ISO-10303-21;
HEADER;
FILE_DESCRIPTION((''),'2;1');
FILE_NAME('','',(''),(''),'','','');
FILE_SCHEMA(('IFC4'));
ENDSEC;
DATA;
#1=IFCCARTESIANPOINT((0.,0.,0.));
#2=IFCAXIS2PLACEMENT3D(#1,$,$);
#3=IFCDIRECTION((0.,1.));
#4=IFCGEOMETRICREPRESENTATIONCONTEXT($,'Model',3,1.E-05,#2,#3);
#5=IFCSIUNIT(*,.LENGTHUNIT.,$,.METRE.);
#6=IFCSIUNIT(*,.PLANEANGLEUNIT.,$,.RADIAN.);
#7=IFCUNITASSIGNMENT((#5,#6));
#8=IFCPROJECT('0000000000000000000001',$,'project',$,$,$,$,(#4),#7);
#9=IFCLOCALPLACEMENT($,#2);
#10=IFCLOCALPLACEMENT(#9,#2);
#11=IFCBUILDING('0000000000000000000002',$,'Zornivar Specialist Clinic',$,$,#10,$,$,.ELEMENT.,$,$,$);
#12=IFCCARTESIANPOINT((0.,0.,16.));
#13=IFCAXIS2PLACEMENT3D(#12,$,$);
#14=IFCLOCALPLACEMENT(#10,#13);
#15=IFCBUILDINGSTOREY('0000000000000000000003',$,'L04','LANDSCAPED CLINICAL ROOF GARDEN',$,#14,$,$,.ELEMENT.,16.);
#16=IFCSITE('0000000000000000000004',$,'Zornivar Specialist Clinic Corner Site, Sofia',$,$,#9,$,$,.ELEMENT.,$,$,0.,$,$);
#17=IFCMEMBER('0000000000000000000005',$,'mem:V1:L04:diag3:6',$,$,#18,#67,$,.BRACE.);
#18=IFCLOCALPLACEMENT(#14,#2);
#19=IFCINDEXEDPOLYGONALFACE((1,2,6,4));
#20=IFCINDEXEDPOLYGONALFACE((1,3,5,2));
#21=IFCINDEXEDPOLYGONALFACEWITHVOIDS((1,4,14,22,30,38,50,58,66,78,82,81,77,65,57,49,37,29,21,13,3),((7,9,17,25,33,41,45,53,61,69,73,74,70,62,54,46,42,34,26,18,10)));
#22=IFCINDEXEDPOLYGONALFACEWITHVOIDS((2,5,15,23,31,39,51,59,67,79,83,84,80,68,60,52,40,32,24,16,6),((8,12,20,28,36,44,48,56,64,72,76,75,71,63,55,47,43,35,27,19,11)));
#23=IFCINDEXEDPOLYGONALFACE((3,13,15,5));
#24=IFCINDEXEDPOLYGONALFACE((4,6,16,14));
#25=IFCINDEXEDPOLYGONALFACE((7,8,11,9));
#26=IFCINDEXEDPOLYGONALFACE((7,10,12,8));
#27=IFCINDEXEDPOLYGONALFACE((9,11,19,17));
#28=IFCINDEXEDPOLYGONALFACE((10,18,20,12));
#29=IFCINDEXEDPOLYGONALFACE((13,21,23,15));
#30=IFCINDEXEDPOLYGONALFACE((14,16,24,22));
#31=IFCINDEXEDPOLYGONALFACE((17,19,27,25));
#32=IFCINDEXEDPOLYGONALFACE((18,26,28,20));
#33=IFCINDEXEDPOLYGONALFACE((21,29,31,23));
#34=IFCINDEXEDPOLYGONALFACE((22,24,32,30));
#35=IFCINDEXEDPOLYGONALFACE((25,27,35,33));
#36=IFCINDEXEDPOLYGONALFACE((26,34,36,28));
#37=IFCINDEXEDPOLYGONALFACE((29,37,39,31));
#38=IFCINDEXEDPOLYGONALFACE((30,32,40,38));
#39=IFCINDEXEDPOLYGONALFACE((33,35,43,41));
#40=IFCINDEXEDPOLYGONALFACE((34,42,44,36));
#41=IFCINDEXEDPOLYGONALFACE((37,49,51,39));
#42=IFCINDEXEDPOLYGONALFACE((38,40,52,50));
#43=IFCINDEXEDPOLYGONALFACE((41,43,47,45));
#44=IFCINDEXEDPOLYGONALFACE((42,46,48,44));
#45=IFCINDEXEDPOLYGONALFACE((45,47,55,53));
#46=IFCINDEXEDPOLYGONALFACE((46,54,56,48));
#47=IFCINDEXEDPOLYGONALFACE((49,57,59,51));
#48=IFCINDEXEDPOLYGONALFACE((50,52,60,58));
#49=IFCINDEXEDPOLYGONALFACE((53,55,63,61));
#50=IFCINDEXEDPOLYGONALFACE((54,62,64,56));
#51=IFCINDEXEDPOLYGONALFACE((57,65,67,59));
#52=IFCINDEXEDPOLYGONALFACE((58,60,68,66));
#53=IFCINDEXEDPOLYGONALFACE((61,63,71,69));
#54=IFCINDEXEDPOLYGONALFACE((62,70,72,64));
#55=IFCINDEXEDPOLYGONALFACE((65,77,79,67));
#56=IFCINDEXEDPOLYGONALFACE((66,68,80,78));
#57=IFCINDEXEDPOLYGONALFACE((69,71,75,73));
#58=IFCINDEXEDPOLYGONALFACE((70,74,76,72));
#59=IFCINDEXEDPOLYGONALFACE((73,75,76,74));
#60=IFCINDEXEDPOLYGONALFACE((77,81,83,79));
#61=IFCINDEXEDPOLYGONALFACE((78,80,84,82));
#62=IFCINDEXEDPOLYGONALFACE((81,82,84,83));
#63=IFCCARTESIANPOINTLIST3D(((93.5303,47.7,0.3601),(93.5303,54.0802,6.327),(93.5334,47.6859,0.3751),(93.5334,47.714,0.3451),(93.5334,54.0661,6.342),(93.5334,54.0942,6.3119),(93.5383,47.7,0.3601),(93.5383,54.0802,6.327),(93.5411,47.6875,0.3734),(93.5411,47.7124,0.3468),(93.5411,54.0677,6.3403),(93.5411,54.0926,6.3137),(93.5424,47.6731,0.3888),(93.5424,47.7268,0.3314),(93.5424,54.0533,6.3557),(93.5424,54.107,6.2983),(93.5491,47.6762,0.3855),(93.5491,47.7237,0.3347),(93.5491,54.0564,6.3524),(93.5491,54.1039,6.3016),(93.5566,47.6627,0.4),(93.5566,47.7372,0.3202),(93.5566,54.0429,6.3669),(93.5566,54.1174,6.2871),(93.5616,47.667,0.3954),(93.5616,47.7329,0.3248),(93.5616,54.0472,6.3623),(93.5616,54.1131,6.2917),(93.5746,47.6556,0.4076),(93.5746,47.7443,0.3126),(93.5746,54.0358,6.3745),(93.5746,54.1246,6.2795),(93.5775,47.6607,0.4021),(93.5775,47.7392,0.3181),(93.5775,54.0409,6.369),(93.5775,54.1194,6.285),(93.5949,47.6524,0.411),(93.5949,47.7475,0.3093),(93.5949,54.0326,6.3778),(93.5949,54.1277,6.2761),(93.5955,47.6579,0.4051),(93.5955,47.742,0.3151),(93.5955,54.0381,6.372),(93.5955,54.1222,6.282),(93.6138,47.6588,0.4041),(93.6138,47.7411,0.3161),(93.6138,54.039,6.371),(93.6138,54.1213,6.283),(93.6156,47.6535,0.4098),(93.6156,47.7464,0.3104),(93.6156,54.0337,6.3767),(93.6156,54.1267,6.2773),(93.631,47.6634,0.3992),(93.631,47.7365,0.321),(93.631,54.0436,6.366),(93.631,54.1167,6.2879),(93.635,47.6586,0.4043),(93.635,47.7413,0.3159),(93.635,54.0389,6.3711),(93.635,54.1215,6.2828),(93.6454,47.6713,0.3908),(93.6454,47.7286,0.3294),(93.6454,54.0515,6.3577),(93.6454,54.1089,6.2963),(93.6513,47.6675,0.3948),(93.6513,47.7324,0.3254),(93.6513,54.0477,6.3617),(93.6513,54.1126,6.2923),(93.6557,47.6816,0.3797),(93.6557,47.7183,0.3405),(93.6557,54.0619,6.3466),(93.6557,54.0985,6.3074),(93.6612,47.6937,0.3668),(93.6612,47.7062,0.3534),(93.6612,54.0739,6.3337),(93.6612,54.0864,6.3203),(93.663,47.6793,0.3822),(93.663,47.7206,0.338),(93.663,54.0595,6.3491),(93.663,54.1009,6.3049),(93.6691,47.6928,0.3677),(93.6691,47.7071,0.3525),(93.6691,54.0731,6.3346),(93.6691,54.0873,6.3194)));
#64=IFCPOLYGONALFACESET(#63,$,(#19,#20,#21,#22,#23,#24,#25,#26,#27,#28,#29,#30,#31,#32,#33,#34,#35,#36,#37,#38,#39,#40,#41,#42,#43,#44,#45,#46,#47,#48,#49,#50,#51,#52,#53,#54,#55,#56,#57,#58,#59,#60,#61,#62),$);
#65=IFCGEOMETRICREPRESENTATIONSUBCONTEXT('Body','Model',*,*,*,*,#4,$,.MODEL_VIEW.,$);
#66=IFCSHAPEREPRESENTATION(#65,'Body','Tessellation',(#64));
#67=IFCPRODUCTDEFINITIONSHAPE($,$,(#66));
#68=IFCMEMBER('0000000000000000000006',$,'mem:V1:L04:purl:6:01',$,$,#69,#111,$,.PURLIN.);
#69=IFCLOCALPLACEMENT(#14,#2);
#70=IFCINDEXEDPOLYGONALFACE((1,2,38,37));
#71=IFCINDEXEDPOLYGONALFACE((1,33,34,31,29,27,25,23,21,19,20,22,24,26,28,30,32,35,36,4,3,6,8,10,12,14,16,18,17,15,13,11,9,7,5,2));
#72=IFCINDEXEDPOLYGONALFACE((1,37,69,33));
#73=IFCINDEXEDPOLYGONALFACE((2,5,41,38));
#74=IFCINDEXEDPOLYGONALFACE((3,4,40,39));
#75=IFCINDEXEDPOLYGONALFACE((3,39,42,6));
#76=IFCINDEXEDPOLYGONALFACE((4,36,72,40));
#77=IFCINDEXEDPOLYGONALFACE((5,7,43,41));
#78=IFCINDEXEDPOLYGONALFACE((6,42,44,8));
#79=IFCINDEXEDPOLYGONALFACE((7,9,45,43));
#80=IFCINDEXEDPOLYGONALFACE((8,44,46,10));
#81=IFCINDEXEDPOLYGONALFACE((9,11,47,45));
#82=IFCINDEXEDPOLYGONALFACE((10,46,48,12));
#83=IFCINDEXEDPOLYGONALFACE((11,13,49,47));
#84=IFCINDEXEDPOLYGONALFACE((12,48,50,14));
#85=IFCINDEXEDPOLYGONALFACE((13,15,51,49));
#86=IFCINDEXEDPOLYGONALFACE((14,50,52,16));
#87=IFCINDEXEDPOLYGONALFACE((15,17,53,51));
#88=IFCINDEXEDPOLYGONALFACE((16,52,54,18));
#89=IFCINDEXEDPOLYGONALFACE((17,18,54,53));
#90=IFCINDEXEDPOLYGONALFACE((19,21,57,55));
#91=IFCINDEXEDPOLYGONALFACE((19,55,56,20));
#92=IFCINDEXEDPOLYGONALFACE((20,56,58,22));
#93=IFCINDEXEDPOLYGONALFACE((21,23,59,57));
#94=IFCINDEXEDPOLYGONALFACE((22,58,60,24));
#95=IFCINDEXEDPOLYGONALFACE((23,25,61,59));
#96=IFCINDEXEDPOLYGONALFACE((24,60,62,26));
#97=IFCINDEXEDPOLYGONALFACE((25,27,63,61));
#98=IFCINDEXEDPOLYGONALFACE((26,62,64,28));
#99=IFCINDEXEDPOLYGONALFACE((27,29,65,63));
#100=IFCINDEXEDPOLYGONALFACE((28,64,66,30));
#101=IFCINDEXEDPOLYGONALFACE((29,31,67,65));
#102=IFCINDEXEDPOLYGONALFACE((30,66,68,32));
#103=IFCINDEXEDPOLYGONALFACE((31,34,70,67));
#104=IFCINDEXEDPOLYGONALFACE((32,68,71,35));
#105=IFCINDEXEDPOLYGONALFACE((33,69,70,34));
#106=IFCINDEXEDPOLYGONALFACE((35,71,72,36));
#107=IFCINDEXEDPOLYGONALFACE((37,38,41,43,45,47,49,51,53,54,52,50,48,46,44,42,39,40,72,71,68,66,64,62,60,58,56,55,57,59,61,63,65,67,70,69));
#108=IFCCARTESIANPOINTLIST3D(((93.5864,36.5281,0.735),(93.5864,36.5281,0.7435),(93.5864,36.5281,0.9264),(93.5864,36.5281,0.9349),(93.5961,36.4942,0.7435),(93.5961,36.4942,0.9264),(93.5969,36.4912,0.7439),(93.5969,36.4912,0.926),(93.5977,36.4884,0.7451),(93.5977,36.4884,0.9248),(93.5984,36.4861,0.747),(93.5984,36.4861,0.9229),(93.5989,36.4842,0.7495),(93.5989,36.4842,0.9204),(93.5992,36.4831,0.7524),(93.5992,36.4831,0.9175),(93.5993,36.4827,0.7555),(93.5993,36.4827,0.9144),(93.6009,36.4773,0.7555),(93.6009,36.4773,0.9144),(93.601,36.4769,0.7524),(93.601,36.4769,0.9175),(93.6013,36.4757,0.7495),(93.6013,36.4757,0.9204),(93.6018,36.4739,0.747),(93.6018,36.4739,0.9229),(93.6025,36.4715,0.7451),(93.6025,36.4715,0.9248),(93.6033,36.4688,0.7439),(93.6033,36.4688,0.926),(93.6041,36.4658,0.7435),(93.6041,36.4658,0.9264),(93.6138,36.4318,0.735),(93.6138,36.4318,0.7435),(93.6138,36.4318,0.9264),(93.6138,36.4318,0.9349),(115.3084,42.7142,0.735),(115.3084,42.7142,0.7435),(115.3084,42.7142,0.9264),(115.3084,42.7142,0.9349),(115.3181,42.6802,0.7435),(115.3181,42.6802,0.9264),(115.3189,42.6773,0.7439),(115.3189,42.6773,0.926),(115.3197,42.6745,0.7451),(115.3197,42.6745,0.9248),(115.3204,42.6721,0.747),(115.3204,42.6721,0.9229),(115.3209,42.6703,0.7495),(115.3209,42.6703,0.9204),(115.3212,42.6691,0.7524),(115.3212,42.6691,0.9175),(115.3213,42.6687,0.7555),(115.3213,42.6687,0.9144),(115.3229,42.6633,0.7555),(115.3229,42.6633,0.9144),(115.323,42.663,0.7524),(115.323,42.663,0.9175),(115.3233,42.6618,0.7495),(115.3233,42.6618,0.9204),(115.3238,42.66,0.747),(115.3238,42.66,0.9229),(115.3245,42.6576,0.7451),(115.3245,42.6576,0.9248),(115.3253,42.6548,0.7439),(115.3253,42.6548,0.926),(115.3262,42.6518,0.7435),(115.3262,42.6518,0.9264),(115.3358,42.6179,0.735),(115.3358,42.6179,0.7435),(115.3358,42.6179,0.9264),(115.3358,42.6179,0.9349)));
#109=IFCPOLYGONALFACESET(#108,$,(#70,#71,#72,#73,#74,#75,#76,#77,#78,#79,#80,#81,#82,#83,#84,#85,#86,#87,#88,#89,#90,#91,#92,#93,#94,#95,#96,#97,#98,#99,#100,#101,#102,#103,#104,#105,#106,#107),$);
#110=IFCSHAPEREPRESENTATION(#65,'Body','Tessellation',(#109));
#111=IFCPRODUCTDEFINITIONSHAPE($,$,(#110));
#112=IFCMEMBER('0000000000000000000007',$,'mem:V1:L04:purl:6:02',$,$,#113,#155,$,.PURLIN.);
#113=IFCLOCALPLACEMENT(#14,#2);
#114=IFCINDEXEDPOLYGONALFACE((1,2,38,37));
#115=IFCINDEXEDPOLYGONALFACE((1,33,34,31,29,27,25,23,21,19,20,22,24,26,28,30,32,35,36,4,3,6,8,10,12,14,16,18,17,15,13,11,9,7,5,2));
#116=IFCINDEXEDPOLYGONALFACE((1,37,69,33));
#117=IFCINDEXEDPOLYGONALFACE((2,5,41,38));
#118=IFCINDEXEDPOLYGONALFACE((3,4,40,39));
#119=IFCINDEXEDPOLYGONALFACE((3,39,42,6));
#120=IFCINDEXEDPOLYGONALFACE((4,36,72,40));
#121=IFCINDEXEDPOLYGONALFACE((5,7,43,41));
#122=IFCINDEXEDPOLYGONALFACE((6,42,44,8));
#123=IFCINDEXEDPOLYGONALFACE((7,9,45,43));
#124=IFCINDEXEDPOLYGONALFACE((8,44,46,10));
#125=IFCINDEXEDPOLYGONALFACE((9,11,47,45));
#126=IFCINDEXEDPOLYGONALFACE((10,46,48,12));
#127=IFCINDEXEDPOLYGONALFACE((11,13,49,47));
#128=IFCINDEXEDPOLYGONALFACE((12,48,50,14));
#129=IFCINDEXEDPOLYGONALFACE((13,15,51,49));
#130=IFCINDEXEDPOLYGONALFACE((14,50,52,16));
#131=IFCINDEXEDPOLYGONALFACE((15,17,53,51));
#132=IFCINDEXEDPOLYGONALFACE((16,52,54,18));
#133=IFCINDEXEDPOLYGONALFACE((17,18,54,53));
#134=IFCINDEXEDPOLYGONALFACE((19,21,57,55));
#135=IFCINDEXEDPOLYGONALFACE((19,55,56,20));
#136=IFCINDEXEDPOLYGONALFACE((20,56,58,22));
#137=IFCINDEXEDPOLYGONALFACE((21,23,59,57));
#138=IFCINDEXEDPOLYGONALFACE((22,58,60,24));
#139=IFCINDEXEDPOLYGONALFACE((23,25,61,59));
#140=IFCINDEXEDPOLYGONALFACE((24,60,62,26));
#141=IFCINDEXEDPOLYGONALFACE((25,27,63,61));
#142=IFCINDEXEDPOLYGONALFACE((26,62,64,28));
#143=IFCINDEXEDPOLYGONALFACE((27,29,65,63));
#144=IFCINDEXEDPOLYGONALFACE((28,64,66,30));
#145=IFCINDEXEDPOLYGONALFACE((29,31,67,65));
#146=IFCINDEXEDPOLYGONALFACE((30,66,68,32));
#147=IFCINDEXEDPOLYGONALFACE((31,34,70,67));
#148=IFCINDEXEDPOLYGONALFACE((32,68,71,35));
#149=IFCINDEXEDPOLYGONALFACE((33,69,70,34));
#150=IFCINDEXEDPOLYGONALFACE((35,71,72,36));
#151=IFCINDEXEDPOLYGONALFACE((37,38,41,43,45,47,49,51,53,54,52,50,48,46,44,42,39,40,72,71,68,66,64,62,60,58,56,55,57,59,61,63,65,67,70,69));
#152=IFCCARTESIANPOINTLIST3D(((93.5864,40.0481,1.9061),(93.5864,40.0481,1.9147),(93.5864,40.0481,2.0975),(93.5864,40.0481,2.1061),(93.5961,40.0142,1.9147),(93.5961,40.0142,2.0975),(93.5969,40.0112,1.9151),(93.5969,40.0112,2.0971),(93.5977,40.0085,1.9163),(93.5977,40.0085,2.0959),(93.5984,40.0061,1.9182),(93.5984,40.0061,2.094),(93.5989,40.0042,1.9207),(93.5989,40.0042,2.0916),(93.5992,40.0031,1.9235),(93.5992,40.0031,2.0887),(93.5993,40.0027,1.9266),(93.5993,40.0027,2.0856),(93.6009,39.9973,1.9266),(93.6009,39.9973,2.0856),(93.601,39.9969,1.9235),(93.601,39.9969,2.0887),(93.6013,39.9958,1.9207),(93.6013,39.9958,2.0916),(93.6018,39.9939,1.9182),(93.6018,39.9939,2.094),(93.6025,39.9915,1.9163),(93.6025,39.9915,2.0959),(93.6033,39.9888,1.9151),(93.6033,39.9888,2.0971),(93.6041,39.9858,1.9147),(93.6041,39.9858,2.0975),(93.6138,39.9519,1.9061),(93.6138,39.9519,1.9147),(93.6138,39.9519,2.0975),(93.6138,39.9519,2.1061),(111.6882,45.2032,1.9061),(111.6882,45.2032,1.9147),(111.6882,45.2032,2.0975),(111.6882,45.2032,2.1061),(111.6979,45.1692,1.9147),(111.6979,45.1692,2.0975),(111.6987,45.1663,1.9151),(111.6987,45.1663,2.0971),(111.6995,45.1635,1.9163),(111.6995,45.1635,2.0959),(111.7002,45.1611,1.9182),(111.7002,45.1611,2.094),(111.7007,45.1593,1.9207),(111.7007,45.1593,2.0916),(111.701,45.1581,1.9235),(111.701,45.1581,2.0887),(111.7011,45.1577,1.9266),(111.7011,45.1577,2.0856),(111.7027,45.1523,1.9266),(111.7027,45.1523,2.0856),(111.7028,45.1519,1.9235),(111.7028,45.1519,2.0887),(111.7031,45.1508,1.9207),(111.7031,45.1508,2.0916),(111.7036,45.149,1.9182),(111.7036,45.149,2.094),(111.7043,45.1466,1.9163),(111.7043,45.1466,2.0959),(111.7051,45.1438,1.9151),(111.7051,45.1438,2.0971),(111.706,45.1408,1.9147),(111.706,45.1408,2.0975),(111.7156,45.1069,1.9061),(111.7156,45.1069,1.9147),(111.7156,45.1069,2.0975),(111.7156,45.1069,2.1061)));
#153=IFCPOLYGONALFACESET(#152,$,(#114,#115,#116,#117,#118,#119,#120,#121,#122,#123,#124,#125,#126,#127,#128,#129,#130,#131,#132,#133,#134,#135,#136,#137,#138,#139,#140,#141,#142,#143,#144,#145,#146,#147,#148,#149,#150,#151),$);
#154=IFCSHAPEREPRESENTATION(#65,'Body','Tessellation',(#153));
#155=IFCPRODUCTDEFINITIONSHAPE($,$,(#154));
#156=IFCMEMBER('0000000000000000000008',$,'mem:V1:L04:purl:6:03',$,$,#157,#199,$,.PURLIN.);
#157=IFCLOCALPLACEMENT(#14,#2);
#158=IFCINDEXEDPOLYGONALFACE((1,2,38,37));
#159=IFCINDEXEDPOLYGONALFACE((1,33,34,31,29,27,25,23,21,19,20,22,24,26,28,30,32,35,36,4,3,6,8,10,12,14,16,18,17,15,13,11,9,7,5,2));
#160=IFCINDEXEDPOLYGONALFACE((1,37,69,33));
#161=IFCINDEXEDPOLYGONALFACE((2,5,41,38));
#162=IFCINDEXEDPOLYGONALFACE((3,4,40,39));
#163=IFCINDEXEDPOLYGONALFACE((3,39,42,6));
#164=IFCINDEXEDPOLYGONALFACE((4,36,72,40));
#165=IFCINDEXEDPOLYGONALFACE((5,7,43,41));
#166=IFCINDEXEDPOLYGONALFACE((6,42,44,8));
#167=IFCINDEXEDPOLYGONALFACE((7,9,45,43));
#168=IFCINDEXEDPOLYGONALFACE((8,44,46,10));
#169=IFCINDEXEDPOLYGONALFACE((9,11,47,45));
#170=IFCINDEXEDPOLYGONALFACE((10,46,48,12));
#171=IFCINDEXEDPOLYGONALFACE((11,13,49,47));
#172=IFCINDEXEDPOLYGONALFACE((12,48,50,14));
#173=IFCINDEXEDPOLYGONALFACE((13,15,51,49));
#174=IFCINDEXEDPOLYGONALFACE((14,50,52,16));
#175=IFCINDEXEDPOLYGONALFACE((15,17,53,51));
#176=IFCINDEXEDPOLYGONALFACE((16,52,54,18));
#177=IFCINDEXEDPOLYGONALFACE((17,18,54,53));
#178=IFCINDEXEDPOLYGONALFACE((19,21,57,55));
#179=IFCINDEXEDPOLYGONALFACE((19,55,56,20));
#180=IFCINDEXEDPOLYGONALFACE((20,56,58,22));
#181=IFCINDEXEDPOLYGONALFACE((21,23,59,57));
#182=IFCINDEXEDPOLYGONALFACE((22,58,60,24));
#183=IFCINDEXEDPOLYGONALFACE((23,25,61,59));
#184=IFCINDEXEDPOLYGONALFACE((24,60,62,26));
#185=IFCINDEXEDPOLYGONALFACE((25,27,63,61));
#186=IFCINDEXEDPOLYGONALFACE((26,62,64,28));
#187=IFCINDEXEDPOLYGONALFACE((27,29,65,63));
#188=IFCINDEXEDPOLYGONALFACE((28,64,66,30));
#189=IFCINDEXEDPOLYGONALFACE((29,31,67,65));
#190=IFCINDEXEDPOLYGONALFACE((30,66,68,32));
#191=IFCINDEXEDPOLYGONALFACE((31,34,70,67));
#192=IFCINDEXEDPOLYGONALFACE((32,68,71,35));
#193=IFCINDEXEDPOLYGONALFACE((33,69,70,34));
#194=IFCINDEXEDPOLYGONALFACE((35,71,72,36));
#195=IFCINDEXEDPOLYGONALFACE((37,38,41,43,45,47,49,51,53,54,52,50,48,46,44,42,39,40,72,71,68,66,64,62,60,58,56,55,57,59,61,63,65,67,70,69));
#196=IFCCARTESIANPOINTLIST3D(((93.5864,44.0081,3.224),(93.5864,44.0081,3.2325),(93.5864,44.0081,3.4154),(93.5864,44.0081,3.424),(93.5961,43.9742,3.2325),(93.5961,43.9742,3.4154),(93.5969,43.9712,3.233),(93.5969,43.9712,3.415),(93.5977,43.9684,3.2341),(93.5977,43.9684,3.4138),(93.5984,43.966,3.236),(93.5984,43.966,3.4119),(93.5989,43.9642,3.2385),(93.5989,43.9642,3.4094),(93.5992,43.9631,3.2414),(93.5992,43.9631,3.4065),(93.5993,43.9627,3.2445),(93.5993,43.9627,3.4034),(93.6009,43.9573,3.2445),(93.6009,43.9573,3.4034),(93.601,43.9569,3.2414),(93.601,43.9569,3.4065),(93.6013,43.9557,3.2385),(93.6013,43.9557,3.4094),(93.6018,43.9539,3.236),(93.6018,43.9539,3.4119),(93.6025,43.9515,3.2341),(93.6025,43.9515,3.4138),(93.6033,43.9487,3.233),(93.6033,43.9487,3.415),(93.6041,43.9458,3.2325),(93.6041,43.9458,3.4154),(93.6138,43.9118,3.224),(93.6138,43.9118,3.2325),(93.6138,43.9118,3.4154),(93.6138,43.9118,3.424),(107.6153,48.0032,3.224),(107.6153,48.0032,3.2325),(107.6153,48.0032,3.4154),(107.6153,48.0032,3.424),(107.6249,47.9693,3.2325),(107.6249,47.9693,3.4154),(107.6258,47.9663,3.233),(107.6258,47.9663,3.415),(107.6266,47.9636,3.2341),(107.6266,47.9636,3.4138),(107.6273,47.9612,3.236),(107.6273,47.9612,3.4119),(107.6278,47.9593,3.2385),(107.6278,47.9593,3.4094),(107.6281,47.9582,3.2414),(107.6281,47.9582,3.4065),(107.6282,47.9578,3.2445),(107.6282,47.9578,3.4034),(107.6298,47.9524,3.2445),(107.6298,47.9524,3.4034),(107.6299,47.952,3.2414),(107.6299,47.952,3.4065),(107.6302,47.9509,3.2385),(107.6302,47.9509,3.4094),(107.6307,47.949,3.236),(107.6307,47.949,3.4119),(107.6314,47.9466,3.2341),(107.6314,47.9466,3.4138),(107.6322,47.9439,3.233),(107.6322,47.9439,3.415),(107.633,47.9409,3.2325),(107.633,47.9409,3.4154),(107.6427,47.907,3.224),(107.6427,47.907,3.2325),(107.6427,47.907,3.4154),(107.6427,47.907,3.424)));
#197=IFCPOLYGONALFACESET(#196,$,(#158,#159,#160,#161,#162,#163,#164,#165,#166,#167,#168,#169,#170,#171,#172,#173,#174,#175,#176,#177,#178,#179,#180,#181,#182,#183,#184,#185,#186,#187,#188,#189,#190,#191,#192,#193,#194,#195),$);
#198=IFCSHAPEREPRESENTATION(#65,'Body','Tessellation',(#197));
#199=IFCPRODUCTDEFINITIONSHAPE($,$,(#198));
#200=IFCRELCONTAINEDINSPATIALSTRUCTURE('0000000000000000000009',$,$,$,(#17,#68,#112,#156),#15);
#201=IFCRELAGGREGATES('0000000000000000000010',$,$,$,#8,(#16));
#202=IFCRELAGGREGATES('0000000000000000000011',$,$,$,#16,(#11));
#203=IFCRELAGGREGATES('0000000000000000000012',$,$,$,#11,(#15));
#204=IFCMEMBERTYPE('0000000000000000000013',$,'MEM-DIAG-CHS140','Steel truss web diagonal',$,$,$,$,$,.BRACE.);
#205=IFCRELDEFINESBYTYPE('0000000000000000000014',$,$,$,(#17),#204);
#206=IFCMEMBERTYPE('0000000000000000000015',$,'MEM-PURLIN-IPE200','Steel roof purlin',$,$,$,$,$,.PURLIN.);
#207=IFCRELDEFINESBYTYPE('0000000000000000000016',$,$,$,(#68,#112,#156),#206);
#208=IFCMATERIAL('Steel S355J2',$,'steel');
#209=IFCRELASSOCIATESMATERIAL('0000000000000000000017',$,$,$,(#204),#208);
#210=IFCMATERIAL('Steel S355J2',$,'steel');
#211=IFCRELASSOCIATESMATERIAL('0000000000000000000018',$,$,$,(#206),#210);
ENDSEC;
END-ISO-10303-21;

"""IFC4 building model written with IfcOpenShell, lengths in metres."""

from ifc_helpers import new_model, si_unit, direction, frame, origin, origin_2d, place, context, subcontext, project, spatial, hollow_circle, i_section, extrude, material, material_profile, profile_set, type_object, element, save


model = new_model("IFC4")

# Units and contexts
model_context = context("Model", 3, precision=1e-05, world=origin(), true_north=direction((0.0, 1.0)))
body_context = subcontext(model_context, "Body", "Model", "MODEL_VIEW")
ifc_project = project(units=[si_unit("LENGTHUNIT", "METRE"), si_unit("PLANEANGLEUNIT", "RADIAN")], contexts=[model_context])

# Site, building, storey
site_placement = place(None, origin())
site = spatial("IfcSite", under=ifc_project, at=site_placement, Name="Zornivar Specialist Clinic Corner Site, Sofia", CompositionType="ELEMENT", RefElevation=0.0)
building_placement = place(site_placement, origin())
building = spatial("IfcBuilding", under=site, at=building_placement, Name="Zornivar Specialist Clinic", CompositionType="ELEMENT")
storey_placement = place(building_placement, frame((0.0, 0.0, 16.0)))
storey = spatial("IfcBuildingStorey", under=building, at=storey_placement, Name="L04", Description="LANDSCAPED CLINICAL ROOF GARDEN", CompositionType="ELEMENT", Elevation=16.0)

# Members
ifc_material_1 = material(Name="Steel S355J2", Category="steel")
ifc_material_profile_1 = material_profile(ifc_material_1, hollow_circle(Radius=0.0698, WallThickness=0.0081, at=origin_2d()), Name="CHS 139.7x8")
ifc_profile_set_1 = profile_set([ifc_material_profile_1], Name="Steel S355J2")
member_type_1 = type_object("IfcMemberType", Name="MEM-DIAG-CHS140", Description="Steel truss web diagonal", PredefinedType="BRACE", material=ifc_profile_set_1)
member_1_placement = place(storey_placement, frame((93.6001, 47.7, 0.3601), z_axis=(0.0, 0.730369, 0.683053), x_axis=(-1.0, 0.0, 0.0)))
element("IfcMember", 1, at=member_1_placement, inside=storey, type_object=member_type_1, Name="mem:V1:L04:diag3:6", PredefinedType="BRACE", context=body_context, shape_type="SweptSolid", body=[
    extrude(hollow_circle(Radius=0.0698, WallThickness=0.0081, at=origin_2d()), origin(), (0.0, 0.0, 1.0), 8.7356),
])
ifc_material_2 = material(Name="Steel S355J2", Category="steel")
ifc_material_profile_2 = material_profile(ifc_material_2, i_section(OverallWidth=0.1001, OverallDepth=0.2, WebThickness=0.0056, FlangeThickness=0.0085, FilletRadius=0.012, at=origin_2d()), Name="IPE 200")
ifc_profile_set_2 = profile_set([ifc_material_profile_2], Name="Steel S355J2")
member_type_2 = type_object("IfcMemberType", Name="MEM-PURLIN-IPE200", Description="Steel roof purlin", PredefinedType="PURLIN", material=ifc_profile_set_2)
member_2_placement = place(storey_placement, frame((93.6001, 36.48, 0.835), z_axis=(0.96176, 0.273893, 0.0), x_axis=(-0.273893, 0.96176, 0.0)))
element("IfcMember", 2, at=member_2_placement, inside=storey, type_object=member_type_2, Name="mem:V1:L04:purl:6:01", PredefinedType="PURLIN", context=body_context, shape_type="SweptSolid", body=[
    extrude(i_section(OverallWidth=0.1001, OverallDepth=0.2, WebThickness=0.0056, FlangeThickness=0.0085, FilletRadius=0.012, at=origin_2d()), origin(), (0.0, 0.0, 1.0), 22.5857),
])
member_3_placement = place(storey_placement, frame((93.6001, 40.0, 2.0061), z_axis=(0.961761, 0.27389, 0.0), x_axis=(-0.27389, 0.961761, 0.0)))
element("IfcMember", 3, at=member_3_placement, inside=storey, type_object=member_type_2, Name="mem:V1:L04:purl:6:02", PredefinedType="PURLIN", context=body_context, shape_type="SweptSolid", body=[
    extrude(i_section(OverallWidth=0.1001, OverallDepth=0.2, WebThickness=0.0056, FlangeThickness=0.0085, FilletRadius=0.012, at=origin_2d()), origin(), (0.0, 0.0, 1.0), 18.8215),
])
member_4_placement = place(storey_placement, frame((93.6001, 43.96, 3.324), z_axis=(0.961761, 0.27389, 0.0), x_axis=(-0.27389, 0.961761, 0.0)))
element("IfcMember", 4, at=member_4_placement, inside=storey, type_object=member_type_2, Name="mem:V1:L04:purl:6:03", PredefinedType="PURLIN", context=body_context, shape_type="SweptSolid", body=[
    extrude(i_section(OverallWidth=0.1001, OverallDepth=0.2, WebThickness=0.0056, FlangeThickness=0.0085, FilletRadius=0.012, at=origin_2d()), origin(), (0.0, 0.0, 1.0), 14.5867),
])

save(model, "model.ifc")
